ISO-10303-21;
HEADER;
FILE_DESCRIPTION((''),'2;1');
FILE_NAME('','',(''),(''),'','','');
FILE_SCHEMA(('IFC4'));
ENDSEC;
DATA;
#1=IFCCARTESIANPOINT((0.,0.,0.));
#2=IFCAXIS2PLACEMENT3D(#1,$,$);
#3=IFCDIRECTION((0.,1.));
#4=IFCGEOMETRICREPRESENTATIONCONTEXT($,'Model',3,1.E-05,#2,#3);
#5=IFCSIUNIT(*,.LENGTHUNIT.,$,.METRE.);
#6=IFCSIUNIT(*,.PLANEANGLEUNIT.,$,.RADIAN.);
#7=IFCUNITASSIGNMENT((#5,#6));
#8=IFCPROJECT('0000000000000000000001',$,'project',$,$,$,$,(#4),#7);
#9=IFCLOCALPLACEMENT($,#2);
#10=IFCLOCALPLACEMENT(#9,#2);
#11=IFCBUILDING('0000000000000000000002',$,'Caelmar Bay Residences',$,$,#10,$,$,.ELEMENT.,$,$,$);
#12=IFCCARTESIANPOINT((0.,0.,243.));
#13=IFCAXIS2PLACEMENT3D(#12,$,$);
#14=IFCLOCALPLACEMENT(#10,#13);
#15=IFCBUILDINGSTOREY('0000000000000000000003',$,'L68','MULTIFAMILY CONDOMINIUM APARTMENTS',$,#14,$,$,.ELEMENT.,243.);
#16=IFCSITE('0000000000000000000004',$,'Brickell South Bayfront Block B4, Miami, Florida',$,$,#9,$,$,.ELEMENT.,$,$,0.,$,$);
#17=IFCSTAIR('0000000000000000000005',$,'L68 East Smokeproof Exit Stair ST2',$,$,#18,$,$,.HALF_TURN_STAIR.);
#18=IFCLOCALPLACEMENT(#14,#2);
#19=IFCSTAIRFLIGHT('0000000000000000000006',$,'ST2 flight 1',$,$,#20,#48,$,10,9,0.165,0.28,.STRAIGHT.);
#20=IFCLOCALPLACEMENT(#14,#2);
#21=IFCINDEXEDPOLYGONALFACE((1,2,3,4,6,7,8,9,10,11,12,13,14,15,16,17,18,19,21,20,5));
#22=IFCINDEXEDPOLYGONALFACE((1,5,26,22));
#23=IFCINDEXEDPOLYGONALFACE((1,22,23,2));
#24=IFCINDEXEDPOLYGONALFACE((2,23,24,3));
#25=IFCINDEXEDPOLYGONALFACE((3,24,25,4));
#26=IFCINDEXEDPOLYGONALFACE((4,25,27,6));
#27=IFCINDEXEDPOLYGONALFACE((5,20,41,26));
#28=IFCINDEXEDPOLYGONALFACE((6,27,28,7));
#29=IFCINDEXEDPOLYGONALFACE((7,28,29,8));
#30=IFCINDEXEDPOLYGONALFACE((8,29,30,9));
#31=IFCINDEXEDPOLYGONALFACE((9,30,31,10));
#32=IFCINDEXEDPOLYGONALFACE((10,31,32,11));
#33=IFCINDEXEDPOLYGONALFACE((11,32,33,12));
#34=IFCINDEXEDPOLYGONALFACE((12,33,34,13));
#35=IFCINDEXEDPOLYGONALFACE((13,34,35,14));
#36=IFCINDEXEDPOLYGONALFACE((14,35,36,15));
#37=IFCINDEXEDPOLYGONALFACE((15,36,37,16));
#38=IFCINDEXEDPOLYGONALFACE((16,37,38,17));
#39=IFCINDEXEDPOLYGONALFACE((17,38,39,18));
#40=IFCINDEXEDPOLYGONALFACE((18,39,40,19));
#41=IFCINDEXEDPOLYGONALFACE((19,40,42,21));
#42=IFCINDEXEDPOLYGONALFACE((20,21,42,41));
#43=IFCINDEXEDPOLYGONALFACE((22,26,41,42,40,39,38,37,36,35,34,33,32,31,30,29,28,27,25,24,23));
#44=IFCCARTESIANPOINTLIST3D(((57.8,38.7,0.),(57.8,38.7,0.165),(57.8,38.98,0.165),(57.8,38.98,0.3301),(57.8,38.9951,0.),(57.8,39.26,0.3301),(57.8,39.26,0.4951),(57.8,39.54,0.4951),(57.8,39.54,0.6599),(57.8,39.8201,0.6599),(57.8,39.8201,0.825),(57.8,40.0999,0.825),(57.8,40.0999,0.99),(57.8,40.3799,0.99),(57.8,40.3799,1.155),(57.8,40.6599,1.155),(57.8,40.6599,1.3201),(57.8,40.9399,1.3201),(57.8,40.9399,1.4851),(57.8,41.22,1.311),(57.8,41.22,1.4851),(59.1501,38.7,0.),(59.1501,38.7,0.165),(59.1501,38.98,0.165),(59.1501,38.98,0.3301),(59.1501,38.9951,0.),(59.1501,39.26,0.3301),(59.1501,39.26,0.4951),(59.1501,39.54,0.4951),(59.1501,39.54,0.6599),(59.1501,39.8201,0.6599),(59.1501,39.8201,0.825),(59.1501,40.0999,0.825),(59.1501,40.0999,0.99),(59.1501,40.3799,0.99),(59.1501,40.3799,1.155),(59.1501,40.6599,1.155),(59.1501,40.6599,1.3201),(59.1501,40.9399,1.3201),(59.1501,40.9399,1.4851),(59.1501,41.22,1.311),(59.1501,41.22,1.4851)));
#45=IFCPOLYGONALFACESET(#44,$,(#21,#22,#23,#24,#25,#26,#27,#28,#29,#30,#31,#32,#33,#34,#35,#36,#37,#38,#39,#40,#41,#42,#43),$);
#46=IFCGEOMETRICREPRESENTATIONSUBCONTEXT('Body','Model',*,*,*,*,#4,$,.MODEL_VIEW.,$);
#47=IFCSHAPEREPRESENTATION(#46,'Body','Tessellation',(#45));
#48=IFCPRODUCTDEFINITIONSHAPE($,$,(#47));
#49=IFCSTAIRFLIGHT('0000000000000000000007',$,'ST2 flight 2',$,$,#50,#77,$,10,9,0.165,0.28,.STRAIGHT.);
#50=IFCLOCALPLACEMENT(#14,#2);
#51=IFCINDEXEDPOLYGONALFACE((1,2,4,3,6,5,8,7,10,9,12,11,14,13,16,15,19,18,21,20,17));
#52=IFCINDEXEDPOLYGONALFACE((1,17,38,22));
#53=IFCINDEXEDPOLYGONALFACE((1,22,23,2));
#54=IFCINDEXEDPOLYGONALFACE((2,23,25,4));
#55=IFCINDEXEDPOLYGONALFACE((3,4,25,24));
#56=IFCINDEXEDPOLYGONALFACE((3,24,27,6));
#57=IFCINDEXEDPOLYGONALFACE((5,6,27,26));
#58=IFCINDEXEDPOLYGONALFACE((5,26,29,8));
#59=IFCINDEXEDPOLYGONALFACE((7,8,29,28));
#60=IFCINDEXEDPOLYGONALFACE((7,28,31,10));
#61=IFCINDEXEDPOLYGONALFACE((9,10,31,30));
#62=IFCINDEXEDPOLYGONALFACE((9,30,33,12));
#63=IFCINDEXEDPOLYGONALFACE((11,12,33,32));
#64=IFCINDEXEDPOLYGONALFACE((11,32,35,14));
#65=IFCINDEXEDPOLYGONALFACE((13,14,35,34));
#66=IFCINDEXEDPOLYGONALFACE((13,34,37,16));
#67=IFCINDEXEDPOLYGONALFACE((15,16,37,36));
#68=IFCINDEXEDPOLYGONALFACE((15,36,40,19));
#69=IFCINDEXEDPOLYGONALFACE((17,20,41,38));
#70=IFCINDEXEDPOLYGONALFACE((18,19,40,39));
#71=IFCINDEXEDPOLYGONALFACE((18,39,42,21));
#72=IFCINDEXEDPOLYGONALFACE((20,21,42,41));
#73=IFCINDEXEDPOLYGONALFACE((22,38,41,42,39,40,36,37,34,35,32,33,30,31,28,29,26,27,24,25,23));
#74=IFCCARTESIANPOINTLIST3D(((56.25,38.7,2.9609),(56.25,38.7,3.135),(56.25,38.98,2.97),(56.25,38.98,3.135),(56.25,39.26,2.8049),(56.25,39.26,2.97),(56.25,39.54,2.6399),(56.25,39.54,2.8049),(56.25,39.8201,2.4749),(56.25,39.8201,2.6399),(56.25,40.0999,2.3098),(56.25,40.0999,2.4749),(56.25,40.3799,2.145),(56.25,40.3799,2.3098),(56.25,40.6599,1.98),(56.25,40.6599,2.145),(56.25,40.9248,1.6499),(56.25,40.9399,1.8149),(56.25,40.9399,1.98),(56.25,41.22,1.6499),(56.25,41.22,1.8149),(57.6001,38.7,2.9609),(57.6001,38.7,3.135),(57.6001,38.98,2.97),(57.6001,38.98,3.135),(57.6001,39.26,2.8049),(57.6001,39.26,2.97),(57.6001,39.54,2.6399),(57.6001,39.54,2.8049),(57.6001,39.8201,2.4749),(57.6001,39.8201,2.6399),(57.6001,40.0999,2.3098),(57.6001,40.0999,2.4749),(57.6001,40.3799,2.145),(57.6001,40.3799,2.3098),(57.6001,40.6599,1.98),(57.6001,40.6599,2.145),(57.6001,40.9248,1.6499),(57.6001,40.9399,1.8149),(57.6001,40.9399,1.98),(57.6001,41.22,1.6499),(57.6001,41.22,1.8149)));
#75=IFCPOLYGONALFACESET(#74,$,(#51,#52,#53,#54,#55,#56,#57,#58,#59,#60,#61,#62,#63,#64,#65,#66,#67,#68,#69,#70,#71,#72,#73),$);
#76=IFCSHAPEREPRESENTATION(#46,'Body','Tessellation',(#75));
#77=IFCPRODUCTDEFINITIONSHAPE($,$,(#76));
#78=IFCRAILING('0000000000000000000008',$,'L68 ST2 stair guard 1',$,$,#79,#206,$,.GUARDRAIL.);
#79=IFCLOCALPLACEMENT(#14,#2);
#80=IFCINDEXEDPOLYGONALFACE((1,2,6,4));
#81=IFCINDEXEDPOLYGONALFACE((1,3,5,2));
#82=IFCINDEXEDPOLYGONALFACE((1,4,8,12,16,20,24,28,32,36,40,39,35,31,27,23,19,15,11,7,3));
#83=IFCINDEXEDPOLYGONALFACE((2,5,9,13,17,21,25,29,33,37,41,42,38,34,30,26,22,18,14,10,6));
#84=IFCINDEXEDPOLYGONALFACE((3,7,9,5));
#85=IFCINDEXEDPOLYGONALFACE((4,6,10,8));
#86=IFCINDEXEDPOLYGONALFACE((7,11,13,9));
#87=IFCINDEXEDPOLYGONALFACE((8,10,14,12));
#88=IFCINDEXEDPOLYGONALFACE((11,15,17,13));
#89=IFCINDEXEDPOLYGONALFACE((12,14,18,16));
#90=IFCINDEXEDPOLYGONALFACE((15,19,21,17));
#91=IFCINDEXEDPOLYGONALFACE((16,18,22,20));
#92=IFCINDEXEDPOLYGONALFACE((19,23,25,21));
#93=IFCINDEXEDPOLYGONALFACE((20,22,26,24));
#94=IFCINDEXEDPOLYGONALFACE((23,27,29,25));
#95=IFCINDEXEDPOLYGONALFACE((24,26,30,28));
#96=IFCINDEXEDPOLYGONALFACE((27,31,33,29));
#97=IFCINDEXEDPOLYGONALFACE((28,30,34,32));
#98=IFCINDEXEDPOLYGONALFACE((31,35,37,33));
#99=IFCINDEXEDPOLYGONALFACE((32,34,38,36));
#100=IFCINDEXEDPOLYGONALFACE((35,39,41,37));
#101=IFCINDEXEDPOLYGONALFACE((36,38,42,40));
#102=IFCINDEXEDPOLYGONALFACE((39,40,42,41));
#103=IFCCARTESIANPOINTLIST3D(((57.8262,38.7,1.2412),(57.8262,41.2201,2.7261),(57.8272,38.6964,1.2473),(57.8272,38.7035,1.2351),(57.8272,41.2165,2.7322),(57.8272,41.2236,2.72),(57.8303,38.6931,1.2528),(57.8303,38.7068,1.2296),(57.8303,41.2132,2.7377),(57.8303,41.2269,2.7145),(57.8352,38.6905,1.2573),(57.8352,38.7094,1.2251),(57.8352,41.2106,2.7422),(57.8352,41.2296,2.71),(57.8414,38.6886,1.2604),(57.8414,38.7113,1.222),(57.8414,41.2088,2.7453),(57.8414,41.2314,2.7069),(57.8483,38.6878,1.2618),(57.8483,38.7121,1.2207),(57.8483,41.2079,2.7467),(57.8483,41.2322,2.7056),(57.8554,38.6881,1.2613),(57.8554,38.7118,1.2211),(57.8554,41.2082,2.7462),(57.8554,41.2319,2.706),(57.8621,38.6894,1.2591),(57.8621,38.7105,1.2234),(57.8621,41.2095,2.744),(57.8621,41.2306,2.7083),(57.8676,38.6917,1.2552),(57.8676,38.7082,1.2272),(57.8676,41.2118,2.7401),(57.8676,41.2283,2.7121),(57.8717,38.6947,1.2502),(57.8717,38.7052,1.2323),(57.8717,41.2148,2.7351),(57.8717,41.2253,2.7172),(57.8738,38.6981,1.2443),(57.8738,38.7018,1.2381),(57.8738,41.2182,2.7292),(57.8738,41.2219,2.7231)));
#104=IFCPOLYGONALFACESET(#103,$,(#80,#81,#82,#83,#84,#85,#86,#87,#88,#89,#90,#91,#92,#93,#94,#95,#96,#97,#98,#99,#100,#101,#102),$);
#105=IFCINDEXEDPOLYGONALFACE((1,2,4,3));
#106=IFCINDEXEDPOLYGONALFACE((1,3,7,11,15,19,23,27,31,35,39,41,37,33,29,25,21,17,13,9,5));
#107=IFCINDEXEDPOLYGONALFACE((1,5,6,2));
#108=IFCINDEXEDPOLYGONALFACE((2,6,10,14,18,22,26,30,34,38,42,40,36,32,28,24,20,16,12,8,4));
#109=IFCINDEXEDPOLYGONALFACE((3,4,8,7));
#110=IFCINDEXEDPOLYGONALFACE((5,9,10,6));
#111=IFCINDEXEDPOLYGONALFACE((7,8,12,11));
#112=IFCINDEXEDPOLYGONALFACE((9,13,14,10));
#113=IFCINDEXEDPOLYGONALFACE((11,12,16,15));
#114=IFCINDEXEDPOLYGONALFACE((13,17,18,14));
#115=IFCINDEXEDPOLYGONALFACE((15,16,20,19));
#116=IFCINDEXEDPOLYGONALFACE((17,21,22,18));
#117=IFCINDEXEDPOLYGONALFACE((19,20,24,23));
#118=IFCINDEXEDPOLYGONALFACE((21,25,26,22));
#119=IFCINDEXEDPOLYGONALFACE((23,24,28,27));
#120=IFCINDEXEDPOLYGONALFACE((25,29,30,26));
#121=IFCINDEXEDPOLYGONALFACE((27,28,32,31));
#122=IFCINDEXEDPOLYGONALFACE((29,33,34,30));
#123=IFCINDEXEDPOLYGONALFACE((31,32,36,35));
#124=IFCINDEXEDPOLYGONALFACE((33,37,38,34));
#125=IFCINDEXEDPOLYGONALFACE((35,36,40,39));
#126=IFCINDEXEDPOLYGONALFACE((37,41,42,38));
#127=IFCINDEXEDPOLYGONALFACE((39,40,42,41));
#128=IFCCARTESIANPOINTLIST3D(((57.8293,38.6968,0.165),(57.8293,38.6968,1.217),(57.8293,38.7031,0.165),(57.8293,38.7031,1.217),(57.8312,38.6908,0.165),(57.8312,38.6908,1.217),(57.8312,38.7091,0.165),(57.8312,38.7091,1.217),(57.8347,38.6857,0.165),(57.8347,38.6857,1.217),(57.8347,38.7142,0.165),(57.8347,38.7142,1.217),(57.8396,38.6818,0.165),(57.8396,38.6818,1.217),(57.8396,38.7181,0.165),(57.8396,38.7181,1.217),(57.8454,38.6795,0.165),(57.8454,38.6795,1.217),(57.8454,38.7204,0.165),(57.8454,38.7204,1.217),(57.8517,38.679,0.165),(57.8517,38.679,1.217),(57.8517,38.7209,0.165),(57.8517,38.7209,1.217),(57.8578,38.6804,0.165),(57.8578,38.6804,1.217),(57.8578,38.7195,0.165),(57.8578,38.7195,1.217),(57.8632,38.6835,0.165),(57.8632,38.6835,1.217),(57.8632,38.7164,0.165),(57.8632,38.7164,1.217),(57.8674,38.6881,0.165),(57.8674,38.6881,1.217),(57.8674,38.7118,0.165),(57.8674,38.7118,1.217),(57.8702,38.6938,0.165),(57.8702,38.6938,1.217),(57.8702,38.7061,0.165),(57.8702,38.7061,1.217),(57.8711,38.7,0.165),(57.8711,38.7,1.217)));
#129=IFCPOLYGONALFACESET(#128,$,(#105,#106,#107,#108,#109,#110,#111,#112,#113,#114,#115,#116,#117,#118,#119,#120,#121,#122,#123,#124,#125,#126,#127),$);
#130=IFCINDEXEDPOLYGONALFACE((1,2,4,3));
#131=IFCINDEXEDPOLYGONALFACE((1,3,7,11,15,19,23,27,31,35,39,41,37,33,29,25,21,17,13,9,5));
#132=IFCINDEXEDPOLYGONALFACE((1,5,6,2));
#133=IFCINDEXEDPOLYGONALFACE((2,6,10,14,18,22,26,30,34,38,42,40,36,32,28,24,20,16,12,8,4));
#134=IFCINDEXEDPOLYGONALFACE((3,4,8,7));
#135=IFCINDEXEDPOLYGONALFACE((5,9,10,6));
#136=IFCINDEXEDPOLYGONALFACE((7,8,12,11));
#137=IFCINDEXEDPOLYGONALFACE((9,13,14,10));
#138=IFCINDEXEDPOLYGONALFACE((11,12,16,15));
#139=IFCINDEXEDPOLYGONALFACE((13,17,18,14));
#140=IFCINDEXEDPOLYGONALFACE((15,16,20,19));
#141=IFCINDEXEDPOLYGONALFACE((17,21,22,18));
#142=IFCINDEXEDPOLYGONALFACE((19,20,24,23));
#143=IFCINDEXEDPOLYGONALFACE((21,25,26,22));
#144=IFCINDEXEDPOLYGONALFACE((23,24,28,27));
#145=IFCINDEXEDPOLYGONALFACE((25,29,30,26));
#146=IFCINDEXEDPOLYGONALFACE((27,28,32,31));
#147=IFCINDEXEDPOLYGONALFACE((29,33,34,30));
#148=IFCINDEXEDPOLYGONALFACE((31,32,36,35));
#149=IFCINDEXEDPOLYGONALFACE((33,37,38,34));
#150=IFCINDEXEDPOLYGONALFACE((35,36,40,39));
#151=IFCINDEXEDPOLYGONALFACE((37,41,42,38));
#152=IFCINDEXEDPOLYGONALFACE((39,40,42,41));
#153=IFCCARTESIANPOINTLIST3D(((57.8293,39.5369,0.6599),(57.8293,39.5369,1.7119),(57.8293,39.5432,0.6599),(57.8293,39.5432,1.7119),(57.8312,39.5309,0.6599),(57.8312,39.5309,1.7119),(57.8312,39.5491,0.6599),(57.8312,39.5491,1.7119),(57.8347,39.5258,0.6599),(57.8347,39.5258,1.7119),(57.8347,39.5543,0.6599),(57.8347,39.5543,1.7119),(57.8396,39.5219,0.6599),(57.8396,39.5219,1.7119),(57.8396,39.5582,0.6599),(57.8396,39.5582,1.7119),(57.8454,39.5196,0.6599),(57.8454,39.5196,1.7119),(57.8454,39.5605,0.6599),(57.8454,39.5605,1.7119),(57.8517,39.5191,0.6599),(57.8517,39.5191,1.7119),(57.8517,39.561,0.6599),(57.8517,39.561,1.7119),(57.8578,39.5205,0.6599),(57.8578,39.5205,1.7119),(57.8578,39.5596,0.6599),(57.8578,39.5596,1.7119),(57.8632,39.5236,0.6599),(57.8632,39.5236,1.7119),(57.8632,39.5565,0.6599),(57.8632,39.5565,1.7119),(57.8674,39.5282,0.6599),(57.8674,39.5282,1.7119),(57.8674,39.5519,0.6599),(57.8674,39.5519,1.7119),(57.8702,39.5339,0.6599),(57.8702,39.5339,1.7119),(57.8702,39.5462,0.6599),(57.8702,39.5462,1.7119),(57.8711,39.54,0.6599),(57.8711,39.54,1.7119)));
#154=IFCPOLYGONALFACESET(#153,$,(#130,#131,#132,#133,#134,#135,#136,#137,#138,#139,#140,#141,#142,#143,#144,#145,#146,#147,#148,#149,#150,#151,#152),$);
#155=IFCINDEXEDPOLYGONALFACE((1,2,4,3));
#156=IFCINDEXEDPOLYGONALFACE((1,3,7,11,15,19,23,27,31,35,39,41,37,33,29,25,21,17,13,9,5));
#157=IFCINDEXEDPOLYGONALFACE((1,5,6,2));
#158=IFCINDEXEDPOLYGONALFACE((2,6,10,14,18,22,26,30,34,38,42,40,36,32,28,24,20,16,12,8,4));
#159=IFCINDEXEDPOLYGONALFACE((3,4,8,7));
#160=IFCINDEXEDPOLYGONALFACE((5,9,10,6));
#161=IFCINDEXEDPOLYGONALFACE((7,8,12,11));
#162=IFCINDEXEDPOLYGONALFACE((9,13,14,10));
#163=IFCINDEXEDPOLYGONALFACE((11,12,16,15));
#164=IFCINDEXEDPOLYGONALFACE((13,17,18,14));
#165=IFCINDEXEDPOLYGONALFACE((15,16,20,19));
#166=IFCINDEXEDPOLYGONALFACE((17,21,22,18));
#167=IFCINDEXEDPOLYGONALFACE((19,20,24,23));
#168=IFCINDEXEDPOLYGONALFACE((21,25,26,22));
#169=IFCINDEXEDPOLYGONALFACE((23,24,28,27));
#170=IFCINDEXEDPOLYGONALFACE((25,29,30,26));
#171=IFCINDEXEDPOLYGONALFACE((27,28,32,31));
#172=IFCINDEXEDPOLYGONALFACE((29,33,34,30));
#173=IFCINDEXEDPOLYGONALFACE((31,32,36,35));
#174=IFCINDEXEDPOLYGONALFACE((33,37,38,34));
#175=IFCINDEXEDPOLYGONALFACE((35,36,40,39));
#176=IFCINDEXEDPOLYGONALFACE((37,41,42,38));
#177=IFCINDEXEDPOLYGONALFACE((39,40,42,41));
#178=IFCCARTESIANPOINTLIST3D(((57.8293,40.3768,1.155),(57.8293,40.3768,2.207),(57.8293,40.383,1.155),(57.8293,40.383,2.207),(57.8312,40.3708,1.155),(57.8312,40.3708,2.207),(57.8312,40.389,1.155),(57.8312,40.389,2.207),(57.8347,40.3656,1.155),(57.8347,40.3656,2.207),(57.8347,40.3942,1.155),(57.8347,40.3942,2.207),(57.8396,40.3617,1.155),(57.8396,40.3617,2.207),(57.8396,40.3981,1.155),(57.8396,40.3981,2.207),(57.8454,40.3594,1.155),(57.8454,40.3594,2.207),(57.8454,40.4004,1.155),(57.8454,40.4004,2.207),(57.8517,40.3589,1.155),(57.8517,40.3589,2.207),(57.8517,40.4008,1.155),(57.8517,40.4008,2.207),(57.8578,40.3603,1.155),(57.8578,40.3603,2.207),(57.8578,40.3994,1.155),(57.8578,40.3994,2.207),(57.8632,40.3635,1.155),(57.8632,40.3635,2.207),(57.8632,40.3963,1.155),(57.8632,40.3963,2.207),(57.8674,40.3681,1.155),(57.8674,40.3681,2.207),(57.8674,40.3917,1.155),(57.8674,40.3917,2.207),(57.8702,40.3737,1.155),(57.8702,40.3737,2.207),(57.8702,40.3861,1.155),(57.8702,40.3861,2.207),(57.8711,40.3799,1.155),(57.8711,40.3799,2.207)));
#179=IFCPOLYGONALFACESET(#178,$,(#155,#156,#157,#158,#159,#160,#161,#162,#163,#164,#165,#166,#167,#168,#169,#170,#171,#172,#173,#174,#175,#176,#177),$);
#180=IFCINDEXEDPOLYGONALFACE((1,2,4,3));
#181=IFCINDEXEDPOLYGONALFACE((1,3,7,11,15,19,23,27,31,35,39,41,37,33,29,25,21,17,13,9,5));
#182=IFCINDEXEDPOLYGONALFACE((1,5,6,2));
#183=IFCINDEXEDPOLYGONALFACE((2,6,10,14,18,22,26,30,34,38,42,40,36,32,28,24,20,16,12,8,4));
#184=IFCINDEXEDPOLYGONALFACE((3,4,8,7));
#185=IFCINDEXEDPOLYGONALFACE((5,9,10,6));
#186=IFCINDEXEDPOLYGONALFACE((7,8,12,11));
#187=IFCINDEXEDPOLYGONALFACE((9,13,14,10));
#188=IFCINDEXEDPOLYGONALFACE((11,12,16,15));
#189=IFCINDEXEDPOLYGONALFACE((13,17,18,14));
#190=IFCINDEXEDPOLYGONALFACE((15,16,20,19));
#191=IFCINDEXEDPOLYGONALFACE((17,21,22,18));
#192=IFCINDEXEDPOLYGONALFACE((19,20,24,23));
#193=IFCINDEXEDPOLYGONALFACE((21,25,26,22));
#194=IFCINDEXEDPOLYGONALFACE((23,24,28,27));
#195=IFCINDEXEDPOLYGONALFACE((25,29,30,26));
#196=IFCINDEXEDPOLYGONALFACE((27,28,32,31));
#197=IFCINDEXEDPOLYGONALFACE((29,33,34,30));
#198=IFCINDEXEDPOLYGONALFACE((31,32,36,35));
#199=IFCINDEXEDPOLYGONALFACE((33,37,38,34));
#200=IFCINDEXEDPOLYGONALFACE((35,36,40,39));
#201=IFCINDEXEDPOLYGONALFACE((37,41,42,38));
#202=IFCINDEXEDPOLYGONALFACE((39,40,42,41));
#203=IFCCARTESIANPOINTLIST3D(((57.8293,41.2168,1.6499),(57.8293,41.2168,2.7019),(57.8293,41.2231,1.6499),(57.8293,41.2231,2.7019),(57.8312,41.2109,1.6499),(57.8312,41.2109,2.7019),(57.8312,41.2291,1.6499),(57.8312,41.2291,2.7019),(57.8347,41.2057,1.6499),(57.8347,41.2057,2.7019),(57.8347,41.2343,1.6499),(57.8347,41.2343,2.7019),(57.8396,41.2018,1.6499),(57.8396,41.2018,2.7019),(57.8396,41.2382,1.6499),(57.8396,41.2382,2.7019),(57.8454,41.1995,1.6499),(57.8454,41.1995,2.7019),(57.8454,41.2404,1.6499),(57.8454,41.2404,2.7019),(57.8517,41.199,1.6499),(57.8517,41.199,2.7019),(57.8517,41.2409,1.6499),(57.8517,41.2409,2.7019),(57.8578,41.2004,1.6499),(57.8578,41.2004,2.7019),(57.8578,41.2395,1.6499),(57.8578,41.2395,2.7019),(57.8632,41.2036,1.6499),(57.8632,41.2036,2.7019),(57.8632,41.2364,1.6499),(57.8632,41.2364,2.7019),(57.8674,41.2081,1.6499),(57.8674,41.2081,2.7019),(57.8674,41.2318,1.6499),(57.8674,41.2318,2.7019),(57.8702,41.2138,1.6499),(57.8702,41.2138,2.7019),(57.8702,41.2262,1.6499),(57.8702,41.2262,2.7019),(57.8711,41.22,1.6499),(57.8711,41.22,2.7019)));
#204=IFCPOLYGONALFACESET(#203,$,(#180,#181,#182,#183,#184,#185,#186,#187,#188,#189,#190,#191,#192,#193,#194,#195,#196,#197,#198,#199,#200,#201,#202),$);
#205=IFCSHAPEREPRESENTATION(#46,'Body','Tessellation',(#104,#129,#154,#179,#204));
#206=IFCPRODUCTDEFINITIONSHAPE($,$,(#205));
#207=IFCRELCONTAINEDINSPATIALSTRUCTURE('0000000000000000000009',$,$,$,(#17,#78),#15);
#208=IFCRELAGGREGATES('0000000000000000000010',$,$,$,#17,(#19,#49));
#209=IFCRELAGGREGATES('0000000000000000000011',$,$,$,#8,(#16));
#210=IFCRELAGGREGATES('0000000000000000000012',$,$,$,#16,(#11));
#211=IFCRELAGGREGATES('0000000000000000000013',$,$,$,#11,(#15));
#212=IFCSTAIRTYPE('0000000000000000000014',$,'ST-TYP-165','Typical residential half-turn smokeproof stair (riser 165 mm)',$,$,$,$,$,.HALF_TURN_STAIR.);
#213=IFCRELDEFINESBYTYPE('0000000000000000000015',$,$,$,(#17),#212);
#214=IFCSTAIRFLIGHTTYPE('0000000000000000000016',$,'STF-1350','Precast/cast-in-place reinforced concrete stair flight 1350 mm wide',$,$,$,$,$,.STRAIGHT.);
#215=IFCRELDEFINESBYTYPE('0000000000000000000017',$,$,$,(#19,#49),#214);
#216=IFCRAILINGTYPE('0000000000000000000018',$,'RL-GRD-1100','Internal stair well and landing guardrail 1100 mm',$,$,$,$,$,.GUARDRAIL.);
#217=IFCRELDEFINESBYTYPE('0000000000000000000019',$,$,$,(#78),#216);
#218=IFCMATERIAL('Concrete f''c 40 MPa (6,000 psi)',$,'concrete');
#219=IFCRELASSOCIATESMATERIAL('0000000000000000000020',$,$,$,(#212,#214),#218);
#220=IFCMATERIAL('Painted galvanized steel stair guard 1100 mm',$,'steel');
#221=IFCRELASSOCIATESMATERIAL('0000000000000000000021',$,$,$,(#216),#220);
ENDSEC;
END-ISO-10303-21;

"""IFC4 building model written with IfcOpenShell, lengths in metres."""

from ifc_helpers import new_model, si_unit, direction, frame, origin, origin_2d, place, context, subcontext, project, spatial, polyline, circle, outline, extrude, material, type_object, element, aggregate, save


model = new_model("IFC4")

# Units and contexts
model_context = context("Model", 3, precision=1e-05, world=origin(), true_north=direction((0.0, 1.0)))
body_context = subcontext(model_context, "Body", "Model", "MODEL_VIEW")
ifc_project = project(units=[si_unit("LENGTHUNIT", "METRE"), si_unit("PLANEANGLEUNIT", "RADIAN")], contexts=[model_context])

# Site, building, storey
site_placement = place(None, origin())
site = spatial("IfcSite", under=ifc_project, at=site_placement, Name="Brickell South Bayfront Block B4, Miami, Florida", CompositionType="ELEMENT", RefElevation=0.0)
building_placement = place(site_placement, origin())
building = spatial("IfcBuilding", under=site, at=building_placement, Name="Caelmar Bay Residences", CompositionType="ELEMENT")
storey_placement = place(building_placement, frame((0.0, 0.0, 243.0)))
storey = spatial("IfcBuildingStorey", under=building, at=storey_placement, Name="L68", Description="MULTIFAMILY CONDOMINIUM APARTMENTS", CompositionType="ELEMENT", Elevation=243.0)

# Stair, stair flights
ifc_material_1 = material(Name="Concrete f'c 40 MPa (6,000 psi)", Category="concrete")
stair_type = type_object("IfcStairType", Name="ST-TYP-165", Description="Typical residential half-turn smokeproof stair (riser 165 mm)", PredefinedType="HALF_TURN_STAIR", material=ifc_material_1)
stair_placement = place(storey_placement, origin())
stair = element("IfcStair", 1, at=stair_placement, inside=storey, type_object=stair_type, Name="L68 East Smokeproof Exit Stair ST2", PredefinedType="HALF_TURN_STAIR")
stair_flight_type = type_object("IfcStairFlightType", Name="STF-1350", Description="Precast/cast-in-place reinforced concrete stair flight 1350 mm wide", PredefinedType="STRAIGHT", material=ifc_material_1)
stair_flight_1_placement = place(storey_placement, frame((58.4751, 38.7, 0.0), z_axis=(0.0, 0.0, 1.0), x_axis=(0.0, 1.0, 0.0)))
stair_flight_1 = element("IfcStairFlight", 2, at=stair_flight_1_placement, type_object=stair_flight_type, Name="ST2 flight 1", NumberOfRisers=10, NumberOfTreads=9, PredefinedType="STRAIGHT", RiserHeight=0.165, TreadLength=0.28, context=body_context, shape_type="SweptSolid", body=[
    extrude(outline(polyline([(0.0, 0.0), (0.0, 0.165), (0.28, 0.165), (0.28, 0.3301), (0.5601, 0.3301), (0.5601, 0.4951), (0.8401, 0.4951), (0.8401, 0.6599), (1.1201, 0.6599), (1.1201, 0.825), (1.3999, 0.825), (1.3999, 0.99), (1.6799, 0.99), (1.6799, 1.155), (1.96, 1.155), (1.96, 1.3201), (2.24, 1.3201), (2.24, 1.4851), (2.52, 1.4851), (2.52, 1.6499), (2.52, 1.311), (0.2952, 0.0), (0.0, 0.0)])), frame((0.0, 0.675, 0.0), z_axis=(0.0, -1.0, 0.0), x_axis=(1.0, 0.0, 0.0)), (0.0, 0.0, 1.0), 1.3501),
])
stair_flight_2_placement = place(storey_placement, frame((56.925, 41.22, 1.6499), z_axis=(0.0, 0.0, 1.0), x_axis=(0.0, -1.0, 0.0)))
stair_flight_2 = element("IfcStairFlight", 3, at=stair_flight_2_placement, type_object=stair_flight_type, Name="ST2 flight 2", NumberOfRisers=10, NumberOfTreads=9, PredefinedType="STRAIGHT", RiserHeight=0.165, TreadLength=0.28, context=body_context, shape_type="SweptSolid", body=[
    extrude(outline(polyline([(0.0, 0.0), (0.0, 0.165), (0.28, 0.165), (0.28, 0.3301), (0.5601, 0.3301), (0.5601, 0.4951), (0.8401, 0.4951), (0.8401, 0.6599), (1.1201, 0.6599), (1.1201, 0.825), (1.3999, 0.825), (1.3999, 0.99), (1.6799, 0.99), (1.6799, 1.155), (1.96, 1.155), (1.96, 1.3201), (2.24, 1.3201), (2.24, 1.4851), (2.52, 1.4851), (2.52, 1.6499), (2.52, 1.311), (0.2952, 0.0), (0.0, 0.0)])), frame((0.0, 0.675, 0.0), z_axis=(0.0, -1.0, 0.0), x_axis=(1.0, 0.0, 0.0)), (0.0, 0.0, 1.0), 1.3501),
])
aggregate(stair, [stair_flight_1, stair_flight_2])

# Railing
ifc_material_2 = material(Name="Painted galvanized steel stair guard 1100 mm", Category="steel")
railing_type_1 = type_object("IfcRailingType", Name="RL-GRD-1100", Description="Internal stair well and landing guardrail 1100 mm", PredefinedType="GUARDRAIL", material=ifc_material_2)
railing_1_placement = place(storey_placement, frame((57.8501, 38.7, 0.165)))
element("IfcRailing", 4, at=railing_1_placement, inside=storey, type_object=railing_type_1, Name="L68 ST2 stair guard 1", PredefinedType="GUARDRAIL", context=body_context, shape_type="SweptSolid", body=[
    extrude(circle(Radius=0.0239, at=origin_2d()), frame((0.0, 0.0, 1.0762), z_axis=(0.0, 0.861561, 0.507655), x_axis=(-1.0, 0.0, 0.0)), (0.0, 0.0, 1.0), 2.925),
    extrude(circle(Radius=0.021, at=origin_2d()), origin(), (0.0, 0.0, 1.0), 1.052),
    extrude(circle(Radius=0.021, at=origin_2d()), frame((0.0, 0.8401, 0.4949)), (0.0, 0.0, 1.0), 1.052),
    extrude(circle(Radius=0.021, at=origin_2d()), frame((0.0, 1.6799, 0.99)), (0.0, 0.0, 1.0), 1.052),
    extrude(circle(Radius=0.021, at=origin_2d()), frame((0.0, 2.52, 1.4849)), (0.0, 0.0, 1.0), 1.052),
])

save(model, "model.ifc")
